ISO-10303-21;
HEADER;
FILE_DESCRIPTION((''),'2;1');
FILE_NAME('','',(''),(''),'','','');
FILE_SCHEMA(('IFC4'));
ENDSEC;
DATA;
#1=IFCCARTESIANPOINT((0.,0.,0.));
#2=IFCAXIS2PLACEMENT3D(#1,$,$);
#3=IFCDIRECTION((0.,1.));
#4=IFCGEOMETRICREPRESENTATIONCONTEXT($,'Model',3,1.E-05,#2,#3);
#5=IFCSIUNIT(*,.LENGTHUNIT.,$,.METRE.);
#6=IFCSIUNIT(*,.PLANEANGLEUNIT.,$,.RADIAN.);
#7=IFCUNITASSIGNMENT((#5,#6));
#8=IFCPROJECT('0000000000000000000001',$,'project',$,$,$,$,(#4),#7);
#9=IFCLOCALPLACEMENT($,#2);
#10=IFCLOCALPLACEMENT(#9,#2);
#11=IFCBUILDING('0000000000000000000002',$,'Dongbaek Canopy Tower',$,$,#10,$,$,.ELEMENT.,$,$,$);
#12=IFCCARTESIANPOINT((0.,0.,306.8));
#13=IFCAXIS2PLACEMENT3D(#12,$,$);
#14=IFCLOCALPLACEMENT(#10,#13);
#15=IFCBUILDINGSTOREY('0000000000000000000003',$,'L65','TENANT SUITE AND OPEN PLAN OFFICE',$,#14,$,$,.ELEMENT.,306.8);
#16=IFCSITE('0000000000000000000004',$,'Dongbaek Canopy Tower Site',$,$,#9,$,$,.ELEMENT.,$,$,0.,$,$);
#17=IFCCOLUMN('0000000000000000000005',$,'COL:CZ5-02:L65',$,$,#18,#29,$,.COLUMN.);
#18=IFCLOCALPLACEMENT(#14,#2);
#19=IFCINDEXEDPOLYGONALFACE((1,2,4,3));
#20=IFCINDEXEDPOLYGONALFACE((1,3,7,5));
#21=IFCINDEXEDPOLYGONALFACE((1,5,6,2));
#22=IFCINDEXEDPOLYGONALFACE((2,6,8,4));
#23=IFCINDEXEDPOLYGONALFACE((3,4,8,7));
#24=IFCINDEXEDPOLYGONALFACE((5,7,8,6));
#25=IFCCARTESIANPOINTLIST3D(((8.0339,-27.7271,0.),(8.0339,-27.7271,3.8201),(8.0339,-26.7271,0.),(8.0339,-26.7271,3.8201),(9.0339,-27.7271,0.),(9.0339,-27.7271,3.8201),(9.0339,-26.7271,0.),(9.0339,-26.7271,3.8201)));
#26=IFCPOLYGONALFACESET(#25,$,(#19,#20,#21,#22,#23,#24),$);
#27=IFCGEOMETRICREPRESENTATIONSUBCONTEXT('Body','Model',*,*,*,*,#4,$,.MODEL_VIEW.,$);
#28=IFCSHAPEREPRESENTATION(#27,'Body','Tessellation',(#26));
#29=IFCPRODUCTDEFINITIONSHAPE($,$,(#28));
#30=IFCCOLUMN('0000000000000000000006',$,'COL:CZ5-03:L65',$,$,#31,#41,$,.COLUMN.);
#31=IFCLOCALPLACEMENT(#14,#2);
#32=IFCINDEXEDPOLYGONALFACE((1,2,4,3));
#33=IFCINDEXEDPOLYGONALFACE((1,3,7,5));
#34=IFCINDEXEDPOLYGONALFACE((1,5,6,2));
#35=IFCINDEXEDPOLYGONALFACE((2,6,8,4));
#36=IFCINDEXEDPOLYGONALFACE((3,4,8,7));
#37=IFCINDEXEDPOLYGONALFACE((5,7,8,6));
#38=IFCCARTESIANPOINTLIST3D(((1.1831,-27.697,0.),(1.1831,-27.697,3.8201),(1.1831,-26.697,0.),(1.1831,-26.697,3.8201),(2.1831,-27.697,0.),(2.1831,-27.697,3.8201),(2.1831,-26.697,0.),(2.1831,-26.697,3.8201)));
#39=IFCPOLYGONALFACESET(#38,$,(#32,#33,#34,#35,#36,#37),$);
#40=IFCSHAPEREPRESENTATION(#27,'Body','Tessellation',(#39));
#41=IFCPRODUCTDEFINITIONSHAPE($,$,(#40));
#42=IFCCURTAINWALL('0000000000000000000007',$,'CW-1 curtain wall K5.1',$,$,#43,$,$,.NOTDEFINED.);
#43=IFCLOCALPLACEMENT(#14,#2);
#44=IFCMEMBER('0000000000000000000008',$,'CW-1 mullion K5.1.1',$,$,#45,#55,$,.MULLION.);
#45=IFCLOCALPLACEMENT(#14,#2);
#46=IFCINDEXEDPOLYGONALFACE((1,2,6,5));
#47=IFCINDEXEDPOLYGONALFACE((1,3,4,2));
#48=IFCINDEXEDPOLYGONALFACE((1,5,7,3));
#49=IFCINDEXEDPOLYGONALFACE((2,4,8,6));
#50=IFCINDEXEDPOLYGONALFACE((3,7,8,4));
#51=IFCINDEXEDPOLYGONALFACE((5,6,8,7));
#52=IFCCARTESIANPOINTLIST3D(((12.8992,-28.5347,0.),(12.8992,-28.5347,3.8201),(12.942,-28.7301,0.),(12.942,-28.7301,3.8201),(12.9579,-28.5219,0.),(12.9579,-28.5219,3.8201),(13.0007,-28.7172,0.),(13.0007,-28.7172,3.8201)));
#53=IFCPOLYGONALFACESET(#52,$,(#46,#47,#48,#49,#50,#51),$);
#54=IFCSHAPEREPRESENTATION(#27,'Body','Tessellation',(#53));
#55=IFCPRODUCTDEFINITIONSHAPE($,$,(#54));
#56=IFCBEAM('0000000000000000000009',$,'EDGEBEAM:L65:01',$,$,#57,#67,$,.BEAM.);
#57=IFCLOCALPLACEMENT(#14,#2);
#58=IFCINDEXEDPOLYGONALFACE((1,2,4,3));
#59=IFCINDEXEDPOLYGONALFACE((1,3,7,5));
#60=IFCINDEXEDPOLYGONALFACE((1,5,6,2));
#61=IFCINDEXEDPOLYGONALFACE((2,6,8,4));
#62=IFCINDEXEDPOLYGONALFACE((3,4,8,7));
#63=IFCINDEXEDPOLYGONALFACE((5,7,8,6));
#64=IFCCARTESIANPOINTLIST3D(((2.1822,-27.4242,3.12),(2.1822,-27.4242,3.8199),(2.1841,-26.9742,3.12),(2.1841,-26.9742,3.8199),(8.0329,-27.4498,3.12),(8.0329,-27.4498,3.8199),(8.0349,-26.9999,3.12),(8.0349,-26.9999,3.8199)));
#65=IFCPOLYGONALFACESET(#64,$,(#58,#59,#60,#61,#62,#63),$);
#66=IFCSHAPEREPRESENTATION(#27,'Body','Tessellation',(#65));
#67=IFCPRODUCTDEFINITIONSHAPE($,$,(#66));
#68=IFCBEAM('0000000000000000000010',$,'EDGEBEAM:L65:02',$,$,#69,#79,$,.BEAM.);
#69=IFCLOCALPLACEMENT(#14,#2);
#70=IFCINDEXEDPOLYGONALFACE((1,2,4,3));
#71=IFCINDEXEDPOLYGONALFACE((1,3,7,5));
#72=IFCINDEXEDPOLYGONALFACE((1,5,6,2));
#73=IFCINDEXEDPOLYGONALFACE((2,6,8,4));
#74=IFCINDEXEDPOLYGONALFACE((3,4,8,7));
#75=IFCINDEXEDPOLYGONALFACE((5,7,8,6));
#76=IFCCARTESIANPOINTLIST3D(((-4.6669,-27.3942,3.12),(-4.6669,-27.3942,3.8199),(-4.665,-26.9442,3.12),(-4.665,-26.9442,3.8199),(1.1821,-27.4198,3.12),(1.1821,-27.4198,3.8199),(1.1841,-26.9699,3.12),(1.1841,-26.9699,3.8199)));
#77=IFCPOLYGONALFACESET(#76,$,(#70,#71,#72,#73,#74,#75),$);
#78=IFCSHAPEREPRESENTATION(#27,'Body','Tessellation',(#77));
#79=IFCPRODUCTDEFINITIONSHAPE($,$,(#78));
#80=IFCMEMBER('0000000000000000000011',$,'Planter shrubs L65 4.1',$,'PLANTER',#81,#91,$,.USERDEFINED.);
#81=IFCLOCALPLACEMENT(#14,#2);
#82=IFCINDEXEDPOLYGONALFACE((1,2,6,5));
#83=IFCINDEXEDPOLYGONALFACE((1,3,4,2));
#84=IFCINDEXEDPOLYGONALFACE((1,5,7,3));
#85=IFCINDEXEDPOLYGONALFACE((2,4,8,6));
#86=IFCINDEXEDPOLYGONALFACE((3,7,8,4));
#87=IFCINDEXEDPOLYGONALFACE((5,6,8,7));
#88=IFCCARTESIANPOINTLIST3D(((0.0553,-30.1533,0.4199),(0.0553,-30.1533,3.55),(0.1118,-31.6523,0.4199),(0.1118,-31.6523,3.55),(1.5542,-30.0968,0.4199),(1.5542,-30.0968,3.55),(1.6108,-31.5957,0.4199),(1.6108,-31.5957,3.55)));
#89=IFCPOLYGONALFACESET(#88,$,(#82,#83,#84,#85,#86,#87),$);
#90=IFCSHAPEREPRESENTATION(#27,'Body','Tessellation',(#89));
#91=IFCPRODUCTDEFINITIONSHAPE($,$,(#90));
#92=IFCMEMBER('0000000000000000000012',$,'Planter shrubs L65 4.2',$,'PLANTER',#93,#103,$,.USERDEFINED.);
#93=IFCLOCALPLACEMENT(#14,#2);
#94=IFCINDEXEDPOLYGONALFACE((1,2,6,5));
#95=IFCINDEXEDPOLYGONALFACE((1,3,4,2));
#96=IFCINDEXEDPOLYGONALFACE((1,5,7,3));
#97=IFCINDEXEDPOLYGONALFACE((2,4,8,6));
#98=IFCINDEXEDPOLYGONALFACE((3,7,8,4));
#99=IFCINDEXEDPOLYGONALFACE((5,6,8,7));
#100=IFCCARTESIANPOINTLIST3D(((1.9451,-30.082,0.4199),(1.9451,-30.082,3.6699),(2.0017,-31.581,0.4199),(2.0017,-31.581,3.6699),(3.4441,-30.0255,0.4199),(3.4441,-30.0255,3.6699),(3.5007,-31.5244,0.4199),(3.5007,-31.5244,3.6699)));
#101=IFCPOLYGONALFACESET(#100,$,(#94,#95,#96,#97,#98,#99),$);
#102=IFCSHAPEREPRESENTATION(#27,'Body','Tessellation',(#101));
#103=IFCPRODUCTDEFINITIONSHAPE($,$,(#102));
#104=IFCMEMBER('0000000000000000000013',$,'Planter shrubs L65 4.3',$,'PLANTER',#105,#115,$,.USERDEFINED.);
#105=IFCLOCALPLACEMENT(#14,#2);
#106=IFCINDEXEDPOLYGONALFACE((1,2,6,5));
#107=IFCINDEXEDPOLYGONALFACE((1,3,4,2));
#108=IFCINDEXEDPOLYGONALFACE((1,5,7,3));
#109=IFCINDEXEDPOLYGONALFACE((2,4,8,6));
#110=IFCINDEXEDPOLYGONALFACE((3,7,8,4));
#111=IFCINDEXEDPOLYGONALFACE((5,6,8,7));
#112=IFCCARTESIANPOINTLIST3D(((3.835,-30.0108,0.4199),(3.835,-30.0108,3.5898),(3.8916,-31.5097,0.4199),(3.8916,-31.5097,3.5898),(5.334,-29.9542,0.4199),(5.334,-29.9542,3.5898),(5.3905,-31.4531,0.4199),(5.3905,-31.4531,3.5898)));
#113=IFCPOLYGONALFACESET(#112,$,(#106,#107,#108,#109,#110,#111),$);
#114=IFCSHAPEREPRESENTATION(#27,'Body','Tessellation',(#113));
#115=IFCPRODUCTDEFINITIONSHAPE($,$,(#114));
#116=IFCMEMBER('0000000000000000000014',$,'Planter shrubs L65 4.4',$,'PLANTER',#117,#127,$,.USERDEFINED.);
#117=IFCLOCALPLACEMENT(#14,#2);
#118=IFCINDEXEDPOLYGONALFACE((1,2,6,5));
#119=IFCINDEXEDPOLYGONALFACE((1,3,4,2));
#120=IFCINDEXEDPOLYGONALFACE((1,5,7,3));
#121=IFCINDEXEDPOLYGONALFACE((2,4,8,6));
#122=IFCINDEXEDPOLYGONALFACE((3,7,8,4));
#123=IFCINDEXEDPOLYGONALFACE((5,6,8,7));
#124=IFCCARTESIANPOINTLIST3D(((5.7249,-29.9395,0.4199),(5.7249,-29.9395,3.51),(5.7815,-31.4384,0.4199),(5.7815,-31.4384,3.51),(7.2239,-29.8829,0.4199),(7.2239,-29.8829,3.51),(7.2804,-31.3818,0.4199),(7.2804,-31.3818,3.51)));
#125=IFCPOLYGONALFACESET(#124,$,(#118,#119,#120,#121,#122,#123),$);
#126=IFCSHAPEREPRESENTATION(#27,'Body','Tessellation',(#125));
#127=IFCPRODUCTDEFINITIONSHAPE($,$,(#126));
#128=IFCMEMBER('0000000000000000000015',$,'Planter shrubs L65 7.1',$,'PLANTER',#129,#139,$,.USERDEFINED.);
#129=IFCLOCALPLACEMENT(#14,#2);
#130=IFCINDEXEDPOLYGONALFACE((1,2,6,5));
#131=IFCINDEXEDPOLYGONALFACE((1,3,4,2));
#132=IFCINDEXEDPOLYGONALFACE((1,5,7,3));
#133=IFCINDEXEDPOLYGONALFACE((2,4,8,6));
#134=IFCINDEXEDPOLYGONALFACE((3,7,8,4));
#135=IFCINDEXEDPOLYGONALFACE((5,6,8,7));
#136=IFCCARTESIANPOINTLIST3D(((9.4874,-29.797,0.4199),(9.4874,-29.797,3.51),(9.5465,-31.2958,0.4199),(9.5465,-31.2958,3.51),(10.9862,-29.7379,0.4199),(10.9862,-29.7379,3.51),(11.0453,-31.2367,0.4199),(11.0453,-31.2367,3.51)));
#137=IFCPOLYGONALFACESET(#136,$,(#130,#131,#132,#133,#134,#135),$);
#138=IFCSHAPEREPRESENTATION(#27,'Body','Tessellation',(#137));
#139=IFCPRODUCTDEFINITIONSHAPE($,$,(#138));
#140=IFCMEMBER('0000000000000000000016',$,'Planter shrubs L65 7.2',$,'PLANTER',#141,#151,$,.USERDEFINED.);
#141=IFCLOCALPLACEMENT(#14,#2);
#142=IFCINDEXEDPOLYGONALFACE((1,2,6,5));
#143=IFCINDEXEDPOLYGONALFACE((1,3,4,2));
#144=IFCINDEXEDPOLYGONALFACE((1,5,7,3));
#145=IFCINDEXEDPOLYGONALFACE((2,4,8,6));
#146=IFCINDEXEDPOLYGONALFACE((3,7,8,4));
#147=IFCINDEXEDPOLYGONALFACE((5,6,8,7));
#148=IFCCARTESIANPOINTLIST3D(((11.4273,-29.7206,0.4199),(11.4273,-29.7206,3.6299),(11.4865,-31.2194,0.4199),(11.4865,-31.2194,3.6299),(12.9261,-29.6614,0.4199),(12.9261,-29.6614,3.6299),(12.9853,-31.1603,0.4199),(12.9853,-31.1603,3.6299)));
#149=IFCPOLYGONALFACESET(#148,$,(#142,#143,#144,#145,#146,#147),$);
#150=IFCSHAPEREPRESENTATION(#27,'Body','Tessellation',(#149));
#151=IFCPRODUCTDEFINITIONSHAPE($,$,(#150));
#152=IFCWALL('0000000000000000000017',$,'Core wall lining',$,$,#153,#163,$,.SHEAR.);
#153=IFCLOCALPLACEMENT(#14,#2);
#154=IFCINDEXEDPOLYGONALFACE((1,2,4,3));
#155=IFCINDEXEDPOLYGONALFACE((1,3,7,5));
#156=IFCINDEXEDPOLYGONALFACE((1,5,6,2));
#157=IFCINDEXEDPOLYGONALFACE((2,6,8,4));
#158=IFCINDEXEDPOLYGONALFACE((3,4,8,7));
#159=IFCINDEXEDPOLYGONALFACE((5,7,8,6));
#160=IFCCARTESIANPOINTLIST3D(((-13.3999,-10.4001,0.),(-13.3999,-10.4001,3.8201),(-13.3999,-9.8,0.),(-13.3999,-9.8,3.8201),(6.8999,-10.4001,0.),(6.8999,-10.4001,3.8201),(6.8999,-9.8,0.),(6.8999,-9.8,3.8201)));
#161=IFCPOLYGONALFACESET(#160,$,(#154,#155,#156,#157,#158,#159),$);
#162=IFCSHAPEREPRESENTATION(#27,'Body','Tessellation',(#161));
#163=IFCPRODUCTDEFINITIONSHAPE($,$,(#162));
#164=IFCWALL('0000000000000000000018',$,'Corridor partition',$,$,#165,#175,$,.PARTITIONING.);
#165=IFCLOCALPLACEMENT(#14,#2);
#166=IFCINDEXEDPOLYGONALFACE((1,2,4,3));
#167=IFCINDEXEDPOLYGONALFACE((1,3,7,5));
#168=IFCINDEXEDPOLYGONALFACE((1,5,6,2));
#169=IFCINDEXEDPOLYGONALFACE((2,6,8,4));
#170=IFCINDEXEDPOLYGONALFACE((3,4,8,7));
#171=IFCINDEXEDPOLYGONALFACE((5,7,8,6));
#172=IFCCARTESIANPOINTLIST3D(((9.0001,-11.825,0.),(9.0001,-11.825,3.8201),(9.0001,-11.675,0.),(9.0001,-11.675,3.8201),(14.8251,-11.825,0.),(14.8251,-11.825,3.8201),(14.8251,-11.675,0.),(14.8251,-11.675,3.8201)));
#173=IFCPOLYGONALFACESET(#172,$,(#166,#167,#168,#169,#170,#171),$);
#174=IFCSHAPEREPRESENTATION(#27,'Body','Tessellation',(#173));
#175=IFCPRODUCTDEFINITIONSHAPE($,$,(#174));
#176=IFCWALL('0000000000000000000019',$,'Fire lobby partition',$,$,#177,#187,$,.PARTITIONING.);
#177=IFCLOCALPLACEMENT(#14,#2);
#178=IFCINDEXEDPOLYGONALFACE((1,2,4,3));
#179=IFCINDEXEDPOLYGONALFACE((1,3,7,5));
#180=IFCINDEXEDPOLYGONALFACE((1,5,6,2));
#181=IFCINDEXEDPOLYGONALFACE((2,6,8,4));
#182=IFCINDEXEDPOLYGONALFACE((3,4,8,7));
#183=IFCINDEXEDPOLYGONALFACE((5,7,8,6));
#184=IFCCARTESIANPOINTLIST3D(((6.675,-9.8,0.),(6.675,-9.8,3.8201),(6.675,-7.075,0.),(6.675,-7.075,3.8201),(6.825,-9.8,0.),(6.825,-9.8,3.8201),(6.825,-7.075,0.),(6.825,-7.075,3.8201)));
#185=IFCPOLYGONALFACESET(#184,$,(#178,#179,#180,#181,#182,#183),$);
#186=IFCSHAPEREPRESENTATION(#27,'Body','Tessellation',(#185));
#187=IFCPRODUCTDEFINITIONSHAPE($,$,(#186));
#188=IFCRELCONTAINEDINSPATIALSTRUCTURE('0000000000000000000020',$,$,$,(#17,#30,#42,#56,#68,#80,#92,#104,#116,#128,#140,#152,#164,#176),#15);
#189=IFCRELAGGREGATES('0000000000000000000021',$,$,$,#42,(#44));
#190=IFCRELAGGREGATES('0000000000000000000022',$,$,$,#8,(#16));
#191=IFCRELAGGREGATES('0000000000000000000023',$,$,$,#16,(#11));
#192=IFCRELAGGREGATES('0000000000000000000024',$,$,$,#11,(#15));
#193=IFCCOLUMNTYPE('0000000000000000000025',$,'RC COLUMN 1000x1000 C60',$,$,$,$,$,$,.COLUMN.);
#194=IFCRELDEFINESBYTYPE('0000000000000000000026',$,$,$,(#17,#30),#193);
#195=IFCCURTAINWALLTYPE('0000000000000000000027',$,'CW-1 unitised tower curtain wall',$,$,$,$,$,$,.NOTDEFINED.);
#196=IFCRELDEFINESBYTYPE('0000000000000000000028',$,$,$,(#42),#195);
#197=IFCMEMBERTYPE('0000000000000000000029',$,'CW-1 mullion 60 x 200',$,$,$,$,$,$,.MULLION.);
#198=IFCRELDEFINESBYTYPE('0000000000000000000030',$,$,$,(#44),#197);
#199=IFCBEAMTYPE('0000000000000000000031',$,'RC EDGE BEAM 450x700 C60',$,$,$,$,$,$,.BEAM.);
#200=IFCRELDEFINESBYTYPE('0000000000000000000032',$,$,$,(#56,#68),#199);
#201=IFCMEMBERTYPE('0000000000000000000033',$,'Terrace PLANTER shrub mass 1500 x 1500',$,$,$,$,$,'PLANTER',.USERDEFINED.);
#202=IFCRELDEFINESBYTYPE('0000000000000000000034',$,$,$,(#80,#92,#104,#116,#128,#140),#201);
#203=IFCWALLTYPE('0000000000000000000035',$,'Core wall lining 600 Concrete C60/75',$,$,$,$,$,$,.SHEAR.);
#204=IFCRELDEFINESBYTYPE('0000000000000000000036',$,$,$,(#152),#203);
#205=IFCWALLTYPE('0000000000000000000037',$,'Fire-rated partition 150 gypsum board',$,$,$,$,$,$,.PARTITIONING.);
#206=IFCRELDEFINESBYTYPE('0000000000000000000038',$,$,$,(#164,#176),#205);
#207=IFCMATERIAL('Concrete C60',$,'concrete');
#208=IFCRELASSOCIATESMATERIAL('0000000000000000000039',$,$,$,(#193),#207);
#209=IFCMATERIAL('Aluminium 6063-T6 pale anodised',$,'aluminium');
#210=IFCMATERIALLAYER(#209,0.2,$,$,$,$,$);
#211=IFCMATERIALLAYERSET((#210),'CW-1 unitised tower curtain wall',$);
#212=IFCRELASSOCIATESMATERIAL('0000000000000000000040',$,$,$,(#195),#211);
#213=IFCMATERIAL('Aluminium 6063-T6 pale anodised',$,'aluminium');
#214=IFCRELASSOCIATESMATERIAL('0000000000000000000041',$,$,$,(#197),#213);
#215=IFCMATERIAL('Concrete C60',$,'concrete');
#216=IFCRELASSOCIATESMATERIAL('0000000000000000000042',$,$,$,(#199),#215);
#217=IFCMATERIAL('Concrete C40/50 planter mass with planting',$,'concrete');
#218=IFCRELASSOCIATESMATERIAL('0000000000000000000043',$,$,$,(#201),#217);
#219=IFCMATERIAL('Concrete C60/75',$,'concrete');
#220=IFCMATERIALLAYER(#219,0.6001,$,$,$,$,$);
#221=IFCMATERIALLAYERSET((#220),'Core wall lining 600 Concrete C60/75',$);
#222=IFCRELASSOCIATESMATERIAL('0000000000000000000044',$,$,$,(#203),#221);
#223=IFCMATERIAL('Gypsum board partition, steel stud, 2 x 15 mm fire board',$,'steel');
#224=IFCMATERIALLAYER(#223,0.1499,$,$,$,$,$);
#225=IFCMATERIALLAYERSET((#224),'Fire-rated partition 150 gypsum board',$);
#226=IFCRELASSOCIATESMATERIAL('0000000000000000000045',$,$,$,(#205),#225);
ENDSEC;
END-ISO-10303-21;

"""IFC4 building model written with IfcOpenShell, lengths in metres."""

from ifc_helpers import new_model, si_unit, direction, frame, frame_2d, origin, origin_2d, place, context, subcontext, project, spatial, rectangle, extrude, material, layer, layer_set, material_profile, profile_set, type_object, element, aggregate, save


model = new_model("IFC4")

# Units and contexts
model_context = context("Model", 3, precision=1e-05, world=origin(), true_north=direction((0.0, 1.0)))
body_context = subcontext(model_context, "Body", "Model", "MODEL_VIEW")
ifc_project = project(units=[si_unit("LENGTHUNIT", "METRE"), si_unit("PLANEANGLEUNIT", "RADIAN")], contexts=[model_context])

# Site, building, storey
site_placement = place(None, origin())
site = spatial("IfcSite", under=ifc_project, at=site_placement, Name="Dongbaek Canopy Tower Site", CompositionType="ELEMENT", RefElevation=0.0)
building_placement = place(site_placement, origin())
building = spatial("IfcBuilding", under=site, at=building_placement, Name="Dongbaek Canopy Tower", CompositionType="ELEMENT")
storey_placement = place(building_placement, frame((0.0, 0.0, 306.8)))
storey = spatial("IfcBuildingStorey", under=building, at=storey_placement, Name="L65", Description="TENANT SUITE AND OPEN PLAN OFFICE", CompositionType="ELEMENT", Elevation=306.8)

# Columns
ifc_material_1 = material(Name="Concrete C60", Category="concrete")
ifc_material_profile_1 = material_profile(ifc_material_1, rectangle(XDim=1.0, YDim=1.0, at=origin_2d()), Name="RC COLUMN 1000x1000 C60")
ifc_profile_set_1 = profile_set([ifc_material_profile_1], Name="Concrete C60")
column_type = type_object("IfcColumnType", Name="RC COLUMN 1000x1000 C60", PredefinedType="COLUMN", material=ifc_profile_set_1)
for number, where, z_axis, x_axis, name in (
    (1, (8.5339, -27.2271, 0.0), (0.0, 0.0, 1.0), (1.0, 0.0, 0.0), "COL:CZ5-02:L65"),
    (2, (1.6831, -27.197, 0.0), (0.0, 0.0, 1.0), (1.0, 0.0, 0.0), "COL:CZ5-03:L65"),
):
    element("IfcColumn", number, at=place(storey_placement, frame(where, z_axis=z_axis, x_axis=x_axis)), inside=storey, type_object=column_type, Name=name, PredefinedType="COLUMN", context=body_context, shape_type="SweptSolid", body=[
        extrude(rectangle(XDim=1.0, YDim=1.0, at=origin_2d()), origin(), (0.0, 0.0, 1.0), 3.8201),
    ])

# Curtain wall, member
ifc_material_2 = material(Name="Aluminium 6063-T6 pale anodised", Category="aluminium")
ifc_layer_1 = layer(ifc_material_2, 0.2)
ifc_layer_set_1 = layer_set([ifc_layer_1], Name="CW-1 unitised tower curtain wall")
curtain_wall_type = type_object("IfcCurtainWallType", Name="CW-1 unitised tower curtain wall", PredefinedType="NOTDEFINED", material=ifc_layer_set_1)
curtain_wall_placement = place(storey_placement, origin())
curtain_wall = element("IfcCurtainWall", 3, at=curtain_wall_placement, inside=storey, type_object=curtain_wall_type, Name="CW-1 curtain wall K5.1", PredefinedType="NOTDEFINED")
ifc_material_3 = material(Name="Aluminium 6063-T6 pale anodised", Category="aluminium")
ifc_material_profile_2 = material_profile(ifc_material_3, rectangle(XDim=0.2, YDim=0.0601, at=origin_2d()), Name="CW-1 mullion 60 x 200")
ifc_profile_set_2 = profile_set([ifc_material_profile_2], Name="Aluminium 6063-T6 pale anodised")
member_type_1 = type_object("IfcMemberType", Name="CW-1 mullion 60 x 200", PredefinedType="MULLION", material=ifc_profile_set_2)
member_1_placement = place(storey_placement, frame((12.95, -28.626, 0.0), z_axis=(0.0, 0.0, 1.0), x_axis=(0.214032, -0.976827, 0.0)))
member_1 = element("IfcMember", 4, at=member_1_placement, type_object=member_type_1, Name="CW-1 mullion K5.1.1", PredefinedType="MULLION", context=body_context, shape_type="SweptSolid", body=[
    extrude(rectangle(XDim=0.2, YDim=0.0601, at=origin_2d()), origin(), (0.0, 0.0, 1.0), 3.8201),
])
aggregate(curtain_wall, [member_1])

# Beams
ifc_material_4 = material(Name="Concrete C60", Category="concrete")
ifc_material_profile_3 = material_profile(ifc_material_4, rectangle(XDim=0.45, YDim=0.7, at=origin_2d()), Name="RC EDGE BEAM 450x700 C60")
ifc_profile_set_3 = profile_set([ifc_material_profile_3], Name="Concrete C60")
beam_type = type_object("IfcBeamType", Name="RC EDGE BEAM 450x700 C60", PredefinedType="BEAM", material=ifc_profile_set_3)
beam_1_placement = place(storey_placement, frame((8.0339, -27.2249, 3.47), z_axis=(-0.99999, 0.004381, 0.0), x_axis=(-0.004381, -0.99999, 0.0)))
element("IfcBeam", 5, at=beam_1_placement, inside=storey, type_object=beam_type, Name="EDGEBEAM:L65:01", PredefinedType="BEAM", context=body_context, shape_type="SweptSolid", body=[
    extrude(rectangle(XDim=0.45, YDim=0.7, at=origin_2d()), origin(), (0.0, 0.0, 1.0), 5.8508),
])
beam_2_placement = place(storey_placement, frame((1.1831, -27.1948, 3.47), z_axis=(-0.99999, 0.004383, 0.0), x_axis=(-0.004383, -0.99999, 0.0)))
element("IfcBeam", 6, at=beam_2_placement, inside=storey, type_object=beam_type, Name="EDGEBEAM:L65:02", PredefinedType="BEAM", context=body_context, shape_type="SweptSolid", body=[
    extrude(rectangle(XDim=0.45, YDim=0.7, at=origin_2d()), origin(), (0.0, 0.0, 1.0), 5.8491),
])

# Members
ifc_material_5 = material(Name="Concrete C40/50 planter mass with planting", Category="concrete")
ifc_material_profile_4 = material_profile(ifc_material_5, rectangle(XDim=1.5, YDim=1.5, at=origin_2d()), Name="Terrace PLANTER shrub mass 1500 x 1500")
ifc_profile_set_4 = profile_set([ifc_material_profile_4], Name="Concrete C40/50 planter mass with planting")
member_type_2 = type_object("IfcMemberType", Name="Terrace PLANTER shrub mass 1500 x 1500", ElementType="PLANTER", PredefinedType="USERDEFINED", material=ifc_profile_set_4)
member_2_placement = place(storey_placement, frame((0.833, -30.8745, 0.4199), z_axis=(0.0, 0.0, 1.0), x_axis=(0.037712, -0.999289, 0.0)))
element("IfcMember", 7, at=member_2_placement, inside=storey, type_object=member_type_2, Name="Planter shrubs L65 4.1", ObjectType="PLANTER", PredefinedType="USERDEFINED", context=body_context, shape_type="SweptSolid", body=[
    extrude(rectangle(XDim=1.5, YDim=1.5, at=origin_2d()), origin(), (0.0, 0.0, 1.0), 3.1301),
])
member_3_placement = place(storey_placement, frame((2.7229, -30.8032, 0.4199), z_axis=(0.0, 0.0, 1.0), x_axis=(0.037712, -0.999289, 0.0)))
element("IfcMember", 8, at=member_3_placement, inside=storey, type_object=member_type_2, Name="Planter shrubs L65 4.2", ObjectType="PLANTER", PredefinedType="USERDEFINED", context=body_context, shape_type="SweptSolid", body=[
    extrude(rectangle(XDim=1.5, YDim=1.5, at=origin_2d()), origin(), (0.0, 0.0, 1.0), 3.25),
])
member_4_placement = place(storey_placement, frame((4.6128, -30.7319, 0.4199), z_axis=(0.0, 0.0, 1.0), x_axis=(0.037712, -0.999289, 0.0)))
element("IfcMember", 9, at=member_4_placement, inside=storey, type_object=member_type_2, Name="Planter shrubs L65 4.3", ObjectType="PLANTER", PredefinedType="USERDEFINED", context=body_context, shape_type="SweptSolid", body=[
    extrude(rectangle(XDim=1.5, YDim=1.5, at=origin_2d()), origin(), (0.0, 0.0, 1.0), 3.1699),
])
for number, where, z_axis, x_axis, name in (
    (10, (6.5027, -30.6606, 0.4199), (0.0, 0.0, 1.0), (0.037712, -0.999289, 0.0), "Planter shrubs L65 4.4"),
    (11, (10.2664, -30.5168, 0.4199), (0.0, 0.0, 1.0), (0.039433, -0.999222, 0.0), "Planter shrubs L65 7.1"),
):
    element("IfcMember", number, at=place(storey_placement, frame(where, z_axis=z_axis, x_axis=x_axis)), inside=storey, type_object=member_type_2, Name=name, ObjectType="PLANTER", PredefinedType="USERDEFINED", context=body_context, shape_type="SweptSolid", body=[
        extrude(rectangle(XDim=1.5, YDim=1.5, at=origin_2d()), origin(), (0.0, 0.0, 1.0), 3.0901),
    ])
member_5_placement = place(storey_placement, frame((12.2063, -30.4404, 0.4199), z_axis=(0.0, 0.0, 1.0), x_axis=(0.039433, -0.999222, 0.0)))
element("IfcMember", 12, at=member_5_placement, inside=storey, type_object=member_type_2, Name="Planter shrubs L65 7.2", ObjectType="PLANTER", PredefinedType="USERDEFINED", context=body_context, shape_type="SweptSolid", body=[
    extrude(rectangle(XDim=1.5, YDim=1.5, at=origin_2d()), origin(), (0.0, 0.0, 1.0), 3.21),
])

# Walls
ifc_material_6 = material(Name="Concrete C60/75", Category="concrete")
ifc_layer_2 = layer(ifc_material_6, 0.6001)
ifc_layer_set_2 = layer_set([ifc_layer_2], Name="Core wall lining 600 Concrete C60/75")
wall_type_1 = type_object("IfcWallType", Name="Core wall lining 600 Concrete C60/75", PredefinedType="SHEAR", material=ifc_layer_set_2)
wall_1_placement = place(storey_placement, frame((6.8999, -10.1001, 0.0), z_axis=(0.0, 0.0, 1.0), x_axis=(-1.0, 0.0, 0.0)))
element("IfcWall", 13, at=wall_1_placement, inside=storey, type_object=wall_type_1, Name="Core wall lining", PredefinedType="SHEAR", context=body_context, shape_type="SweptSolid", body=[
    extrude(rectangle(XDim=20.2998, YDim=0.6001, at=frame_2d((10.1499, 0.0))), origin(), (0.0, 0.0, 1.0), 3.8201),
])
ifc_material_7 = material(Name="Gypsum board partition, steel stud, 2 x 15 mm fire board", Category="steel")
ifc_layer_3 = layer(ifc_material_7, 0.1499)
ifc_layer_set_3 = layer_set([ifc_layer_3], Name="Fire-rated partition 150 gypsum board")
wall_type_2 = type_object("IfcWallType", Name="Fire-rated partition 150 gypsum board", PredefinedType="PARTITIONING", material=ifc_layer_set_3)
wall_2_placement = place(storey_placement, frame((9.0, -11.75, 0.0), z_axis=(0.0, 0.0, 1.0), x_axis=(1.0, 0.0, 0.0)))
element("IfcWall", 14, at=wall_2_placement, inside=storey, type_object=wall_type_2, Name="Corridor partition", PredefinedType="PARTITIONING", context=body_context, shape_type="SweptSolid", body=[
    extrude(rectangle(XDim=5.825, YDim=0.1499, at=frame_2d((2.9126, 0.0))), origin(), (0.0, 0.0, 1.0), 3.8201),
])
wall_3_placement = place(storey_placement, frame((6.75, -9.8, 0.0), z_axis=(0.0, 0.0, 1.0), x_axis=(0.0, 1.0, 0.0)))
element("IfcWall", 15, at=wall_3_placement, inside=storey, type_object=wall_type_2, Name="Fire lobby partition", PredefinedType="PARTITIONING", context=body_context, shape_type="SweptSolid", body=[
    extrude(rectangle(XDim=2.7251, YDim=0.1499, at=frame_2d((1.3625, 0.0))), origin(), (0.0, 0.0, 1.0), 3.8201),
])

save(model, "model.ifc")
